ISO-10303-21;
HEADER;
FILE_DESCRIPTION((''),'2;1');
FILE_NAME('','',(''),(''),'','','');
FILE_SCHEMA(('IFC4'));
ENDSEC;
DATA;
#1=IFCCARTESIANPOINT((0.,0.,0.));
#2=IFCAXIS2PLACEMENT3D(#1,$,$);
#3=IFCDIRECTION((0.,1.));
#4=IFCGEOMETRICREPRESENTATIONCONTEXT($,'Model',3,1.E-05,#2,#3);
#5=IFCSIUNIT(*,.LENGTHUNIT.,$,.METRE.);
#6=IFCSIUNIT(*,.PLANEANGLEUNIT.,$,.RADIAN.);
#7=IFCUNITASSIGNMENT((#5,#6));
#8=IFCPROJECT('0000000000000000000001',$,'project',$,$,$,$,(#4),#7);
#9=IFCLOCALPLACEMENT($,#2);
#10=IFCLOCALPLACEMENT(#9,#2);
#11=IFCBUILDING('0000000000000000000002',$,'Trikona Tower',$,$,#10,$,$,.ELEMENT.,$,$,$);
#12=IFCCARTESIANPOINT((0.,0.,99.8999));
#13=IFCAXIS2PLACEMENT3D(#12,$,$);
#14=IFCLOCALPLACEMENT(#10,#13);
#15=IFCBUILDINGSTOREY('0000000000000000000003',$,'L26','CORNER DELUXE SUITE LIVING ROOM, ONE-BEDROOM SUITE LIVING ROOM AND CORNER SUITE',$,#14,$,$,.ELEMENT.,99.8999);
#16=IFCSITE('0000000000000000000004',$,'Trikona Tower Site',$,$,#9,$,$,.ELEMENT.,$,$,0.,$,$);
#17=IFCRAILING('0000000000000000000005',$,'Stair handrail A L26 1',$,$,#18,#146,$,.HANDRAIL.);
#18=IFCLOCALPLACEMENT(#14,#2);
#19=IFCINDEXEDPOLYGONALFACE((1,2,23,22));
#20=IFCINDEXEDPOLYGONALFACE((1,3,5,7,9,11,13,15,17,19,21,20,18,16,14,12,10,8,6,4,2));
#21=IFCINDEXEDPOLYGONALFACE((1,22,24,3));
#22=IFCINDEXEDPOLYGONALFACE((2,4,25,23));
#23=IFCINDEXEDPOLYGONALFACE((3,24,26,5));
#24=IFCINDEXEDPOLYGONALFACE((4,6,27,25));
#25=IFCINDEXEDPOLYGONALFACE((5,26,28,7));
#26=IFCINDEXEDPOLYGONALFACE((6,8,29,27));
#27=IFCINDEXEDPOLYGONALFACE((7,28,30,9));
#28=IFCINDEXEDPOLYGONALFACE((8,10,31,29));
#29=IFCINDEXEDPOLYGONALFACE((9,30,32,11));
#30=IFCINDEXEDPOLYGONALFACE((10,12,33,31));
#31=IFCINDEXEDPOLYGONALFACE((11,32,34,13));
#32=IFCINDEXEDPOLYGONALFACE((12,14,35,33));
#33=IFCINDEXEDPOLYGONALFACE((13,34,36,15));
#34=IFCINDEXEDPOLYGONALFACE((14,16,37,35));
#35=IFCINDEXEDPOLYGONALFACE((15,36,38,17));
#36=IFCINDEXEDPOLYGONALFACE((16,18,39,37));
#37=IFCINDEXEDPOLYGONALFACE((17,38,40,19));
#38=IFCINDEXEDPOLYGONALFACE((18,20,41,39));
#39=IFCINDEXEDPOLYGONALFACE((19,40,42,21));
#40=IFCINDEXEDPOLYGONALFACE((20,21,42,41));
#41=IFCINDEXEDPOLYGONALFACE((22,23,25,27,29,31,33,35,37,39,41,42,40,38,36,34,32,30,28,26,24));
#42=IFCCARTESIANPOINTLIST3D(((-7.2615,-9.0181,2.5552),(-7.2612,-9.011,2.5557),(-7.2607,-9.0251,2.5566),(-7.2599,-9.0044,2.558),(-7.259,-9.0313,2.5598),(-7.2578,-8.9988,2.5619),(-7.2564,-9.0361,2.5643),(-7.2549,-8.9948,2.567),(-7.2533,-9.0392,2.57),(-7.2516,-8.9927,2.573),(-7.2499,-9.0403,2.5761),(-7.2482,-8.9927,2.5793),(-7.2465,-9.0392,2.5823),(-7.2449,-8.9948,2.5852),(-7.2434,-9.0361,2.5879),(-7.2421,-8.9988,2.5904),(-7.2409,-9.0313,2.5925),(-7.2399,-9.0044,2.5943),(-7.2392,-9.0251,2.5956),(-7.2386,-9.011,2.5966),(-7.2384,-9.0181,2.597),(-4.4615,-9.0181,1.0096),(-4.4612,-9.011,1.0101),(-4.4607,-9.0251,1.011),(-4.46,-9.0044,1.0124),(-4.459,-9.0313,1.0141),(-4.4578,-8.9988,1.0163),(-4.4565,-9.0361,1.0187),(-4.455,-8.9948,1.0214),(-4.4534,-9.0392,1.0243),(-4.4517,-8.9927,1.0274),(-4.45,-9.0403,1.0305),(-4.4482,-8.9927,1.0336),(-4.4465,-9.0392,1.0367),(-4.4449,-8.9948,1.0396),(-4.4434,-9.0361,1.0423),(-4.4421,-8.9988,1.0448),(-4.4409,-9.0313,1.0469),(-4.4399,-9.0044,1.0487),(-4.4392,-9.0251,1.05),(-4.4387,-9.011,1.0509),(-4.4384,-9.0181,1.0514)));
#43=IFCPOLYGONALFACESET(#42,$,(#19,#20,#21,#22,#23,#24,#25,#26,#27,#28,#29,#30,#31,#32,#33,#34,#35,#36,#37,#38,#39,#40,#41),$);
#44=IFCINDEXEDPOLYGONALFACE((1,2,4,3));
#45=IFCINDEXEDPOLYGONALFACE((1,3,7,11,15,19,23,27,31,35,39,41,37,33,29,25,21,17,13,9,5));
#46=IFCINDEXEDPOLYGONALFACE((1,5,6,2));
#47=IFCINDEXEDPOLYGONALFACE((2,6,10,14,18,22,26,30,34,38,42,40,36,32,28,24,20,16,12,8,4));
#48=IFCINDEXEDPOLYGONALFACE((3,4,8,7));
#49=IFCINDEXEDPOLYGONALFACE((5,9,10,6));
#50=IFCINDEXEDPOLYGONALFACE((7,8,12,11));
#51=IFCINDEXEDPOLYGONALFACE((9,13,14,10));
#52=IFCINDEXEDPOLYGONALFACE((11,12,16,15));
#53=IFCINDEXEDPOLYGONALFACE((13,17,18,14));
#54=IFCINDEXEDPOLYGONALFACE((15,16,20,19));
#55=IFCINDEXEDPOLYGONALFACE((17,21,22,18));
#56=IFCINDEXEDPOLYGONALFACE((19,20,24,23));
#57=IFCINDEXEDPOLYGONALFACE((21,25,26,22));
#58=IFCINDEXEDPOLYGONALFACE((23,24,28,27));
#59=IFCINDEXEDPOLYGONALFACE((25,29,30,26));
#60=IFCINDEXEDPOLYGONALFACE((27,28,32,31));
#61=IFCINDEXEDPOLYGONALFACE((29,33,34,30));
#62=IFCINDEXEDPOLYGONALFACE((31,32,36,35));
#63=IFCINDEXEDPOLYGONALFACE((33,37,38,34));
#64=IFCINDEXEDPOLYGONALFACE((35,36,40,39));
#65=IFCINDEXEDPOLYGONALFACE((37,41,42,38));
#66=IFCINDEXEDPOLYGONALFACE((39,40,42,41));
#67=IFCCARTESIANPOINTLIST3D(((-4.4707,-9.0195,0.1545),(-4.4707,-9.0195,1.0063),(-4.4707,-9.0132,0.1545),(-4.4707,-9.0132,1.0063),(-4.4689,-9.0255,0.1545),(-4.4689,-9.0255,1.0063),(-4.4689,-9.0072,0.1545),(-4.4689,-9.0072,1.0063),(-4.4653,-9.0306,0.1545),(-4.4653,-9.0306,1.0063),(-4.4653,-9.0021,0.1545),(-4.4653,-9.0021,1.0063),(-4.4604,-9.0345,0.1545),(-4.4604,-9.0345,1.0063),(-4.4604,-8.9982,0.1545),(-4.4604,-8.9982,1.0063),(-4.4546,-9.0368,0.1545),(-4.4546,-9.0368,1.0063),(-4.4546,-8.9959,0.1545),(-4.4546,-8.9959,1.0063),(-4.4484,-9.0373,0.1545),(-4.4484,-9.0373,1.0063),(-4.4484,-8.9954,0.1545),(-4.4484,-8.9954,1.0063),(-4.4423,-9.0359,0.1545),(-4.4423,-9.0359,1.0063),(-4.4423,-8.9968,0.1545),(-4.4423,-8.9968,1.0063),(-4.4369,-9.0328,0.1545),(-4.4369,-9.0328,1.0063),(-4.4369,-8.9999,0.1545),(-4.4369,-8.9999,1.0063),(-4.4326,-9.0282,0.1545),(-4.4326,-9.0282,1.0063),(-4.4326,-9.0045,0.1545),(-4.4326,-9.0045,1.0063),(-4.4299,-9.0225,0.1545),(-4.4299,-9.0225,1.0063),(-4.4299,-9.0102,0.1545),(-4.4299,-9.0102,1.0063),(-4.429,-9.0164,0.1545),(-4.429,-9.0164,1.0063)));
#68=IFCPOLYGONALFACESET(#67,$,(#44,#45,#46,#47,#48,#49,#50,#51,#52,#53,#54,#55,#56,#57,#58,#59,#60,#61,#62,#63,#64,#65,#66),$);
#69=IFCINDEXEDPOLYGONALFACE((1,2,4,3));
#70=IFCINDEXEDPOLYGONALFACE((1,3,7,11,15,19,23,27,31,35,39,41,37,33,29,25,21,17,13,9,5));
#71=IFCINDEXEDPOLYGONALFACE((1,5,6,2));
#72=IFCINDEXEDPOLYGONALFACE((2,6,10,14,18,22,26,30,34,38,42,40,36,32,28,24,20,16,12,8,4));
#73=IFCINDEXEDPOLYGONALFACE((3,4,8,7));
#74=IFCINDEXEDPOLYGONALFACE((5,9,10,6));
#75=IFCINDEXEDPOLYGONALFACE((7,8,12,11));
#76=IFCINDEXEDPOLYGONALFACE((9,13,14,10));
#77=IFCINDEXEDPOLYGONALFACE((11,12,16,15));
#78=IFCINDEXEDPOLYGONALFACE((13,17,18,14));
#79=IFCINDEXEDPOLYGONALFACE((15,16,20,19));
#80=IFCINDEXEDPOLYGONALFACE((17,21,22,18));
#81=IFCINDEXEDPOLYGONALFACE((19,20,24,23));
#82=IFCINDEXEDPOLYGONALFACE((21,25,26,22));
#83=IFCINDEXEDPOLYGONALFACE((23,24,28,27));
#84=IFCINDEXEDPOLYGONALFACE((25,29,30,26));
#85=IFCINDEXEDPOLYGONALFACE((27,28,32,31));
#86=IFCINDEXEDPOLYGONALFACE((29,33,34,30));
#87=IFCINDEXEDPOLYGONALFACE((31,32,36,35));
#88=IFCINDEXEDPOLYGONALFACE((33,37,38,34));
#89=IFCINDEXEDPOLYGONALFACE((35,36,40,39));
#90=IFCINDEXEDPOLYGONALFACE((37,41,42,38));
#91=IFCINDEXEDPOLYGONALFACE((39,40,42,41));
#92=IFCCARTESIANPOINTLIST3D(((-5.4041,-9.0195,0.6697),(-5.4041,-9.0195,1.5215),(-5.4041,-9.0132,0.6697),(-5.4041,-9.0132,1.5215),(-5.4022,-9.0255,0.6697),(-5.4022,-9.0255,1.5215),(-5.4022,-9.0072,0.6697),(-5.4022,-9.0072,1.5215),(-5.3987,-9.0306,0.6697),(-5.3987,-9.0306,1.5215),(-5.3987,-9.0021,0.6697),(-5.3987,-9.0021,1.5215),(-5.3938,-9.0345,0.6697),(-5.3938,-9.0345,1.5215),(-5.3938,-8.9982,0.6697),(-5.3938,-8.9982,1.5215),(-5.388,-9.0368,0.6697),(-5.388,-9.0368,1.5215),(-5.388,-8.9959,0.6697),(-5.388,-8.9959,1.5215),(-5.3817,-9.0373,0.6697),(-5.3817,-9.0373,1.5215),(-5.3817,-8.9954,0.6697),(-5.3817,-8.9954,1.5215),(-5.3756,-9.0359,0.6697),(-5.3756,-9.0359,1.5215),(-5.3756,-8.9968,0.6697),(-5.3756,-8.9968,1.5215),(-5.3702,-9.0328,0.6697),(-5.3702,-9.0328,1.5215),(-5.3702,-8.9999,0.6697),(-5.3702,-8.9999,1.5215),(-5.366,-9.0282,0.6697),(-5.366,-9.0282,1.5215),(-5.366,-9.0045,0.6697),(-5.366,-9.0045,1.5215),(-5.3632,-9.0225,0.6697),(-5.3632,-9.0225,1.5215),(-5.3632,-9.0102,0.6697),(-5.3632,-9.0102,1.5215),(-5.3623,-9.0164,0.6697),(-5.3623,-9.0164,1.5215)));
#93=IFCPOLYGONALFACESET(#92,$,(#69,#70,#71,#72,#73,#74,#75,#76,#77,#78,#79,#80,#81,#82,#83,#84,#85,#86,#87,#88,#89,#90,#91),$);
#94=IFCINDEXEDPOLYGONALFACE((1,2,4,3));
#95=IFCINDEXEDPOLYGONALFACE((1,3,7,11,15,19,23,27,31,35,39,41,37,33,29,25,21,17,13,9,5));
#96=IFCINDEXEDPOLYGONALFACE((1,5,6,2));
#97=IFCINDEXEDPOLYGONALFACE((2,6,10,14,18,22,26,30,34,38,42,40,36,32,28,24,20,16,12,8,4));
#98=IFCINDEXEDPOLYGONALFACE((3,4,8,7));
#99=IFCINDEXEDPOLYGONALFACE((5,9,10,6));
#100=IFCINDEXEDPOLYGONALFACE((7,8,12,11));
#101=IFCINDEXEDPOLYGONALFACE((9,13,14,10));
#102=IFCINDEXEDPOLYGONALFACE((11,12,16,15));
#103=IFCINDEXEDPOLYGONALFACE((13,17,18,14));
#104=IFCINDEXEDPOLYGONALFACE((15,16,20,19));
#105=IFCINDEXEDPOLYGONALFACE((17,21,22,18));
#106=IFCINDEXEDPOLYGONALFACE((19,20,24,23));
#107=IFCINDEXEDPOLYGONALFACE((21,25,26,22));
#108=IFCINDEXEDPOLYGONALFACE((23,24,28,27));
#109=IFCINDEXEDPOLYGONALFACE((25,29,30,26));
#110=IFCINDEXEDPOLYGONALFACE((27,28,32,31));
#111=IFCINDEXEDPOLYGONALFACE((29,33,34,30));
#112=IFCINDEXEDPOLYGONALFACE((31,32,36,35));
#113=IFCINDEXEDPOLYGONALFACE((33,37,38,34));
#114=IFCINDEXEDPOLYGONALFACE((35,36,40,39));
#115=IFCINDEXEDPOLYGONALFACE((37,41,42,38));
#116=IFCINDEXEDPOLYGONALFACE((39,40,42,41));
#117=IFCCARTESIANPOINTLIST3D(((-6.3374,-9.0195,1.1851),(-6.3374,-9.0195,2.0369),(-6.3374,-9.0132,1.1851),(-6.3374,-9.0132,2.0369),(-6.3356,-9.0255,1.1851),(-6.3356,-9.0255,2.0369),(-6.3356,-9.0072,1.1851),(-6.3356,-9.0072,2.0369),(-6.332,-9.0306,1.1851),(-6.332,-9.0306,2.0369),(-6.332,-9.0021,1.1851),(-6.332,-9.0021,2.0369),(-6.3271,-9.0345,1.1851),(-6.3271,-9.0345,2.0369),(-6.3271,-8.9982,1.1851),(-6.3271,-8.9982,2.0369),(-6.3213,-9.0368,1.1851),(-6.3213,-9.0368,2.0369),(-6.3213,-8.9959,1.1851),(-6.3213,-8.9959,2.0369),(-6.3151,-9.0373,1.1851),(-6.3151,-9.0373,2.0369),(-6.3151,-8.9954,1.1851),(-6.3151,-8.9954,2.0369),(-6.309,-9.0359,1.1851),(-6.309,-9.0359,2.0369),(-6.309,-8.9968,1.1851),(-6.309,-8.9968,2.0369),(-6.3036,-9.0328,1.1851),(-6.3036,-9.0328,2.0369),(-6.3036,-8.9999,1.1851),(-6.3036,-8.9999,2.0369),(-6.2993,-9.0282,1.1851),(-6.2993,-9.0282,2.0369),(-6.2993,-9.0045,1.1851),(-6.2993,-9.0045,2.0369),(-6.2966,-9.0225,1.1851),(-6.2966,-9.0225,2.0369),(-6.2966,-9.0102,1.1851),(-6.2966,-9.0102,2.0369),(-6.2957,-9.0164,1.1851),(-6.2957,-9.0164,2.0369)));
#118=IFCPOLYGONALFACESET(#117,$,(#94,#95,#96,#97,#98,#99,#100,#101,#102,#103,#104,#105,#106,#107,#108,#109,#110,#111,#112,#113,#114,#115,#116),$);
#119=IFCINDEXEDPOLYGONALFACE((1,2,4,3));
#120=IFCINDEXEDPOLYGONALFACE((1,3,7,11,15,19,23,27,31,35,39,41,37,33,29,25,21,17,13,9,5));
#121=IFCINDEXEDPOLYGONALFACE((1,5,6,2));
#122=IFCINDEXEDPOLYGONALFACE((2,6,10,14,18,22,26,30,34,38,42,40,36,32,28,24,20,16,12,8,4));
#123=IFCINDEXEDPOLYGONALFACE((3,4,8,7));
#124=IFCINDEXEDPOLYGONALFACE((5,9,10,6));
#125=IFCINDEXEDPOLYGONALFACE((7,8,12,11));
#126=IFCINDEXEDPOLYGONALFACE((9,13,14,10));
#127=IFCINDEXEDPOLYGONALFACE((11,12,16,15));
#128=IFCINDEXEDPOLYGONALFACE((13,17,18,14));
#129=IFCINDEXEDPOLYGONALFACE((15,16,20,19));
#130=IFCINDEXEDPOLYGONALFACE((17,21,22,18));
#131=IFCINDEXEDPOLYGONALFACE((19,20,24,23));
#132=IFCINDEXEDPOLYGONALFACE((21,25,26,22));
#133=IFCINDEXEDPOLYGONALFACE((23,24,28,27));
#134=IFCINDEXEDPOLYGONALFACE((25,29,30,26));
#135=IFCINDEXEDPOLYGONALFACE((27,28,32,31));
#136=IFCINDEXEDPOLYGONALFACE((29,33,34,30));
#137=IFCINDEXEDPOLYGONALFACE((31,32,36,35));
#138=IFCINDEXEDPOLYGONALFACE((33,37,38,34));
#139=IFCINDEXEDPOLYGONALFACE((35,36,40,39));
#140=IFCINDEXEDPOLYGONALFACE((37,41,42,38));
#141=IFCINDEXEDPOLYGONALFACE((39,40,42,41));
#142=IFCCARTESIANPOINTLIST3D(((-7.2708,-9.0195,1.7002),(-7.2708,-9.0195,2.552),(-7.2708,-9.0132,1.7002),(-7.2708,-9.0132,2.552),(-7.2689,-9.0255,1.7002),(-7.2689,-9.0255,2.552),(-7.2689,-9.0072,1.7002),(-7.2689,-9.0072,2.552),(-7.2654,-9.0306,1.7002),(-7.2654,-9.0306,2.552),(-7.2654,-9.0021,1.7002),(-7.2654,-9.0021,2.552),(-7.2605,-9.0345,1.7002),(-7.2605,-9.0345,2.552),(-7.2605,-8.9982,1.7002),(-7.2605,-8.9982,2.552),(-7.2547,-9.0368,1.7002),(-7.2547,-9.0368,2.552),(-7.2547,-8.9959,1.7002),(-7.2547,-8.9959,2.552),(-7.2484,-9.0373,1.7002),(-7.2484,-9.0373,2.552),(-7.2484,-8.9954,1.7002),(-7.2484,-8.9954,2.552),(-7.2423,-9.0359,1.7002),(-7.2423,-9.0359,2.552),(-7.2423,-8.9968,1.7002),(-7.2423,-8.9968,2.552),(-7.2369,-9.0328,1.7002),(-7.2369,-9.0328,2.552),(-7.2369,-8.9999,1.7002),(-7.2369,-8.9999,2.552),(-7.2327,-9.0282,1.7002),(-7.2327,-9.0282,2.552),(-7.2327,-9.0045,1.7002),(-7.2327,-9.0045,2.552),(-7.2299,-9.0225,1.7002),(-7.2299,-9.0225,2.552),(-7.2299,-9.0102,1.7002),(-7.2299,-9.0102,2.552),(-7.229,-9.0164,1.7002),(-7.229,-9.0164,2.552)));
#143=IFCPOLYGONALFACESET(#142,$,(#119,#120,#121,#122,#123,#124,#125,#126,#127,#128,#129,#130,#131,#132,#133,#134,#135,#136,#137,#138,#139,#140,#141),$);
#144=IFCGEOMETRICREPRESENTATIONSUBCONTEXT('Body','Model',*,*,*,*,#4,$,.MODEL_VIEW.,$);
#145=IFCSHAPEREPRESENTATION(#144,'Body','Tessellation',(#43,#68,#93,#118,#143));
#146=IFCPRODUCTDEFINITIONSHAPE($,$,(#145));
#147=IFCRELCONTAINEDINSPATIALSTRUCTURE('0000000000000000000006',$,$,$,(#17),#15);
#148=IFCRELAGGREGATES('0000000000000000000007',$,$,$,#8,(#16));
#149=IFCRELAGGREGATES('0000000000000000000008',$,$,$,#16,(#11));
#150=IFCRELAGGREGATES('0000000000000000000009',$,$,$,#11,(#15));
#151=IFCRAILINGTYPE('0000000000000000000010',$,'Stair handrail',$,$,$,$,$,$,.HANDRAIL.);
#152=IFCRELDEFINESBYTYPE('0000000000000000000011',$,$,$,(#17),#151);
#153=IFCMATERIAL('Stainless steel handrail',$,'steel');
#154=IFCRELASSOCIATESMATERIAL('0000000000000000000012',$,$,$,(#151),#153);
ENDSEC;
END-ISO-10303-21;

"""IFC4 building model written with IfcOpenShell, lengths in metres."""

from ifc_helpers import new_model, si_unit, direction, frame, origin, origin_2d, place, context, subcontext, project, spatial, circle, extrude, material, type_object, element, save


model = new_model("IFC4")

# Units and contexts
model_context = context("Model", 3, precision=1e-05, world=origin(), true_north=direction((0.0, 1.0)))
body_context = subcontext(model_context, "Body", "Model", "MODEL_VIEW")
ifc_project = project(units=[si_unit("LENGTHUNIT", "METRE"), si_unit("PLANEANGLEUNIT", "RADIAN")], contexts=[model_context])

# Site, building, storey
site_placement = place(None, origin())
site = spatial("IfcSite", under=ifc_project, at=site_placement, Name="Trikona Tower Site", CompositionType="ELEMENT", RefElevation=0.0)
building_placement = place(site_placement, origin())
building = spatial("IfcBuilding", under=site, at=building_placement, Name="Trikona Tower", CompositionType="ELEMENT")
storey_placement = place(building_placement, frame((0.0, 0.0, 99.8999)))
storey = spatial("IfcBuildingStorey", under=building, at=storey_placement, Name="L26", Description="CORNER DELUXE SUITE LIVING ROOM, ONE-BEDROOM SUITE LIVING ROOM AND CORNER SUITE", CompositionType="ELEMENT", Elevation=99.8999)

# Railing
ifc_material_1 = material(Name="Stainless steel handrail", Category="steel")
railing_type = type_object("IfcRailingType", Name="Stair handrail", PredefinedType="HANDRAIL", material=ifc_material_1)
railing_placement = place(storey_placement, frame((-4.45, -9.0164, 0.1545)))
element("IfcRailing", 1, at=railing_placement, inside=storey, type_object=railing_type, Name="Stair handrail A L26 1", PredefinedType="HANDRAIL", context=body_context, shape_type="SweptSolid", body=[
    extrude(circle(Radius=0.0239, at=origin_2d()), frame((0.0, 0.0, 0.876), z_axis=(-0.875472, 0.0, 0.483269), x_axis=(0.0, -1.0, 0.0)), (0.0, 0.0, 1.0), 3.1982),
    extrude(circle(Radius=0.021, at=origin_2d()), origin(), (0.0, 0.0, 1.0), 0.8518),
    extrude(circle(Radius=0.021, at=origin_2d()), frame((-0.9333, 0.0, 0.5151)), (0.0, 0.0, 1.0), 0.8518),
    extrude(circle(Radius=0.021, at=origin_2d()), frame((-1.8667, 0.0, 1.0305)), (0.0, 0.0, 1.0), 0.8518),
    extrude(circle(Radius=0.021, at=origin_2d()), frame((-2.8, 0.0, 1.5457)), (0.0, 0.0, 1.0), 0.8518),
])

save(model, "model.ifc")
